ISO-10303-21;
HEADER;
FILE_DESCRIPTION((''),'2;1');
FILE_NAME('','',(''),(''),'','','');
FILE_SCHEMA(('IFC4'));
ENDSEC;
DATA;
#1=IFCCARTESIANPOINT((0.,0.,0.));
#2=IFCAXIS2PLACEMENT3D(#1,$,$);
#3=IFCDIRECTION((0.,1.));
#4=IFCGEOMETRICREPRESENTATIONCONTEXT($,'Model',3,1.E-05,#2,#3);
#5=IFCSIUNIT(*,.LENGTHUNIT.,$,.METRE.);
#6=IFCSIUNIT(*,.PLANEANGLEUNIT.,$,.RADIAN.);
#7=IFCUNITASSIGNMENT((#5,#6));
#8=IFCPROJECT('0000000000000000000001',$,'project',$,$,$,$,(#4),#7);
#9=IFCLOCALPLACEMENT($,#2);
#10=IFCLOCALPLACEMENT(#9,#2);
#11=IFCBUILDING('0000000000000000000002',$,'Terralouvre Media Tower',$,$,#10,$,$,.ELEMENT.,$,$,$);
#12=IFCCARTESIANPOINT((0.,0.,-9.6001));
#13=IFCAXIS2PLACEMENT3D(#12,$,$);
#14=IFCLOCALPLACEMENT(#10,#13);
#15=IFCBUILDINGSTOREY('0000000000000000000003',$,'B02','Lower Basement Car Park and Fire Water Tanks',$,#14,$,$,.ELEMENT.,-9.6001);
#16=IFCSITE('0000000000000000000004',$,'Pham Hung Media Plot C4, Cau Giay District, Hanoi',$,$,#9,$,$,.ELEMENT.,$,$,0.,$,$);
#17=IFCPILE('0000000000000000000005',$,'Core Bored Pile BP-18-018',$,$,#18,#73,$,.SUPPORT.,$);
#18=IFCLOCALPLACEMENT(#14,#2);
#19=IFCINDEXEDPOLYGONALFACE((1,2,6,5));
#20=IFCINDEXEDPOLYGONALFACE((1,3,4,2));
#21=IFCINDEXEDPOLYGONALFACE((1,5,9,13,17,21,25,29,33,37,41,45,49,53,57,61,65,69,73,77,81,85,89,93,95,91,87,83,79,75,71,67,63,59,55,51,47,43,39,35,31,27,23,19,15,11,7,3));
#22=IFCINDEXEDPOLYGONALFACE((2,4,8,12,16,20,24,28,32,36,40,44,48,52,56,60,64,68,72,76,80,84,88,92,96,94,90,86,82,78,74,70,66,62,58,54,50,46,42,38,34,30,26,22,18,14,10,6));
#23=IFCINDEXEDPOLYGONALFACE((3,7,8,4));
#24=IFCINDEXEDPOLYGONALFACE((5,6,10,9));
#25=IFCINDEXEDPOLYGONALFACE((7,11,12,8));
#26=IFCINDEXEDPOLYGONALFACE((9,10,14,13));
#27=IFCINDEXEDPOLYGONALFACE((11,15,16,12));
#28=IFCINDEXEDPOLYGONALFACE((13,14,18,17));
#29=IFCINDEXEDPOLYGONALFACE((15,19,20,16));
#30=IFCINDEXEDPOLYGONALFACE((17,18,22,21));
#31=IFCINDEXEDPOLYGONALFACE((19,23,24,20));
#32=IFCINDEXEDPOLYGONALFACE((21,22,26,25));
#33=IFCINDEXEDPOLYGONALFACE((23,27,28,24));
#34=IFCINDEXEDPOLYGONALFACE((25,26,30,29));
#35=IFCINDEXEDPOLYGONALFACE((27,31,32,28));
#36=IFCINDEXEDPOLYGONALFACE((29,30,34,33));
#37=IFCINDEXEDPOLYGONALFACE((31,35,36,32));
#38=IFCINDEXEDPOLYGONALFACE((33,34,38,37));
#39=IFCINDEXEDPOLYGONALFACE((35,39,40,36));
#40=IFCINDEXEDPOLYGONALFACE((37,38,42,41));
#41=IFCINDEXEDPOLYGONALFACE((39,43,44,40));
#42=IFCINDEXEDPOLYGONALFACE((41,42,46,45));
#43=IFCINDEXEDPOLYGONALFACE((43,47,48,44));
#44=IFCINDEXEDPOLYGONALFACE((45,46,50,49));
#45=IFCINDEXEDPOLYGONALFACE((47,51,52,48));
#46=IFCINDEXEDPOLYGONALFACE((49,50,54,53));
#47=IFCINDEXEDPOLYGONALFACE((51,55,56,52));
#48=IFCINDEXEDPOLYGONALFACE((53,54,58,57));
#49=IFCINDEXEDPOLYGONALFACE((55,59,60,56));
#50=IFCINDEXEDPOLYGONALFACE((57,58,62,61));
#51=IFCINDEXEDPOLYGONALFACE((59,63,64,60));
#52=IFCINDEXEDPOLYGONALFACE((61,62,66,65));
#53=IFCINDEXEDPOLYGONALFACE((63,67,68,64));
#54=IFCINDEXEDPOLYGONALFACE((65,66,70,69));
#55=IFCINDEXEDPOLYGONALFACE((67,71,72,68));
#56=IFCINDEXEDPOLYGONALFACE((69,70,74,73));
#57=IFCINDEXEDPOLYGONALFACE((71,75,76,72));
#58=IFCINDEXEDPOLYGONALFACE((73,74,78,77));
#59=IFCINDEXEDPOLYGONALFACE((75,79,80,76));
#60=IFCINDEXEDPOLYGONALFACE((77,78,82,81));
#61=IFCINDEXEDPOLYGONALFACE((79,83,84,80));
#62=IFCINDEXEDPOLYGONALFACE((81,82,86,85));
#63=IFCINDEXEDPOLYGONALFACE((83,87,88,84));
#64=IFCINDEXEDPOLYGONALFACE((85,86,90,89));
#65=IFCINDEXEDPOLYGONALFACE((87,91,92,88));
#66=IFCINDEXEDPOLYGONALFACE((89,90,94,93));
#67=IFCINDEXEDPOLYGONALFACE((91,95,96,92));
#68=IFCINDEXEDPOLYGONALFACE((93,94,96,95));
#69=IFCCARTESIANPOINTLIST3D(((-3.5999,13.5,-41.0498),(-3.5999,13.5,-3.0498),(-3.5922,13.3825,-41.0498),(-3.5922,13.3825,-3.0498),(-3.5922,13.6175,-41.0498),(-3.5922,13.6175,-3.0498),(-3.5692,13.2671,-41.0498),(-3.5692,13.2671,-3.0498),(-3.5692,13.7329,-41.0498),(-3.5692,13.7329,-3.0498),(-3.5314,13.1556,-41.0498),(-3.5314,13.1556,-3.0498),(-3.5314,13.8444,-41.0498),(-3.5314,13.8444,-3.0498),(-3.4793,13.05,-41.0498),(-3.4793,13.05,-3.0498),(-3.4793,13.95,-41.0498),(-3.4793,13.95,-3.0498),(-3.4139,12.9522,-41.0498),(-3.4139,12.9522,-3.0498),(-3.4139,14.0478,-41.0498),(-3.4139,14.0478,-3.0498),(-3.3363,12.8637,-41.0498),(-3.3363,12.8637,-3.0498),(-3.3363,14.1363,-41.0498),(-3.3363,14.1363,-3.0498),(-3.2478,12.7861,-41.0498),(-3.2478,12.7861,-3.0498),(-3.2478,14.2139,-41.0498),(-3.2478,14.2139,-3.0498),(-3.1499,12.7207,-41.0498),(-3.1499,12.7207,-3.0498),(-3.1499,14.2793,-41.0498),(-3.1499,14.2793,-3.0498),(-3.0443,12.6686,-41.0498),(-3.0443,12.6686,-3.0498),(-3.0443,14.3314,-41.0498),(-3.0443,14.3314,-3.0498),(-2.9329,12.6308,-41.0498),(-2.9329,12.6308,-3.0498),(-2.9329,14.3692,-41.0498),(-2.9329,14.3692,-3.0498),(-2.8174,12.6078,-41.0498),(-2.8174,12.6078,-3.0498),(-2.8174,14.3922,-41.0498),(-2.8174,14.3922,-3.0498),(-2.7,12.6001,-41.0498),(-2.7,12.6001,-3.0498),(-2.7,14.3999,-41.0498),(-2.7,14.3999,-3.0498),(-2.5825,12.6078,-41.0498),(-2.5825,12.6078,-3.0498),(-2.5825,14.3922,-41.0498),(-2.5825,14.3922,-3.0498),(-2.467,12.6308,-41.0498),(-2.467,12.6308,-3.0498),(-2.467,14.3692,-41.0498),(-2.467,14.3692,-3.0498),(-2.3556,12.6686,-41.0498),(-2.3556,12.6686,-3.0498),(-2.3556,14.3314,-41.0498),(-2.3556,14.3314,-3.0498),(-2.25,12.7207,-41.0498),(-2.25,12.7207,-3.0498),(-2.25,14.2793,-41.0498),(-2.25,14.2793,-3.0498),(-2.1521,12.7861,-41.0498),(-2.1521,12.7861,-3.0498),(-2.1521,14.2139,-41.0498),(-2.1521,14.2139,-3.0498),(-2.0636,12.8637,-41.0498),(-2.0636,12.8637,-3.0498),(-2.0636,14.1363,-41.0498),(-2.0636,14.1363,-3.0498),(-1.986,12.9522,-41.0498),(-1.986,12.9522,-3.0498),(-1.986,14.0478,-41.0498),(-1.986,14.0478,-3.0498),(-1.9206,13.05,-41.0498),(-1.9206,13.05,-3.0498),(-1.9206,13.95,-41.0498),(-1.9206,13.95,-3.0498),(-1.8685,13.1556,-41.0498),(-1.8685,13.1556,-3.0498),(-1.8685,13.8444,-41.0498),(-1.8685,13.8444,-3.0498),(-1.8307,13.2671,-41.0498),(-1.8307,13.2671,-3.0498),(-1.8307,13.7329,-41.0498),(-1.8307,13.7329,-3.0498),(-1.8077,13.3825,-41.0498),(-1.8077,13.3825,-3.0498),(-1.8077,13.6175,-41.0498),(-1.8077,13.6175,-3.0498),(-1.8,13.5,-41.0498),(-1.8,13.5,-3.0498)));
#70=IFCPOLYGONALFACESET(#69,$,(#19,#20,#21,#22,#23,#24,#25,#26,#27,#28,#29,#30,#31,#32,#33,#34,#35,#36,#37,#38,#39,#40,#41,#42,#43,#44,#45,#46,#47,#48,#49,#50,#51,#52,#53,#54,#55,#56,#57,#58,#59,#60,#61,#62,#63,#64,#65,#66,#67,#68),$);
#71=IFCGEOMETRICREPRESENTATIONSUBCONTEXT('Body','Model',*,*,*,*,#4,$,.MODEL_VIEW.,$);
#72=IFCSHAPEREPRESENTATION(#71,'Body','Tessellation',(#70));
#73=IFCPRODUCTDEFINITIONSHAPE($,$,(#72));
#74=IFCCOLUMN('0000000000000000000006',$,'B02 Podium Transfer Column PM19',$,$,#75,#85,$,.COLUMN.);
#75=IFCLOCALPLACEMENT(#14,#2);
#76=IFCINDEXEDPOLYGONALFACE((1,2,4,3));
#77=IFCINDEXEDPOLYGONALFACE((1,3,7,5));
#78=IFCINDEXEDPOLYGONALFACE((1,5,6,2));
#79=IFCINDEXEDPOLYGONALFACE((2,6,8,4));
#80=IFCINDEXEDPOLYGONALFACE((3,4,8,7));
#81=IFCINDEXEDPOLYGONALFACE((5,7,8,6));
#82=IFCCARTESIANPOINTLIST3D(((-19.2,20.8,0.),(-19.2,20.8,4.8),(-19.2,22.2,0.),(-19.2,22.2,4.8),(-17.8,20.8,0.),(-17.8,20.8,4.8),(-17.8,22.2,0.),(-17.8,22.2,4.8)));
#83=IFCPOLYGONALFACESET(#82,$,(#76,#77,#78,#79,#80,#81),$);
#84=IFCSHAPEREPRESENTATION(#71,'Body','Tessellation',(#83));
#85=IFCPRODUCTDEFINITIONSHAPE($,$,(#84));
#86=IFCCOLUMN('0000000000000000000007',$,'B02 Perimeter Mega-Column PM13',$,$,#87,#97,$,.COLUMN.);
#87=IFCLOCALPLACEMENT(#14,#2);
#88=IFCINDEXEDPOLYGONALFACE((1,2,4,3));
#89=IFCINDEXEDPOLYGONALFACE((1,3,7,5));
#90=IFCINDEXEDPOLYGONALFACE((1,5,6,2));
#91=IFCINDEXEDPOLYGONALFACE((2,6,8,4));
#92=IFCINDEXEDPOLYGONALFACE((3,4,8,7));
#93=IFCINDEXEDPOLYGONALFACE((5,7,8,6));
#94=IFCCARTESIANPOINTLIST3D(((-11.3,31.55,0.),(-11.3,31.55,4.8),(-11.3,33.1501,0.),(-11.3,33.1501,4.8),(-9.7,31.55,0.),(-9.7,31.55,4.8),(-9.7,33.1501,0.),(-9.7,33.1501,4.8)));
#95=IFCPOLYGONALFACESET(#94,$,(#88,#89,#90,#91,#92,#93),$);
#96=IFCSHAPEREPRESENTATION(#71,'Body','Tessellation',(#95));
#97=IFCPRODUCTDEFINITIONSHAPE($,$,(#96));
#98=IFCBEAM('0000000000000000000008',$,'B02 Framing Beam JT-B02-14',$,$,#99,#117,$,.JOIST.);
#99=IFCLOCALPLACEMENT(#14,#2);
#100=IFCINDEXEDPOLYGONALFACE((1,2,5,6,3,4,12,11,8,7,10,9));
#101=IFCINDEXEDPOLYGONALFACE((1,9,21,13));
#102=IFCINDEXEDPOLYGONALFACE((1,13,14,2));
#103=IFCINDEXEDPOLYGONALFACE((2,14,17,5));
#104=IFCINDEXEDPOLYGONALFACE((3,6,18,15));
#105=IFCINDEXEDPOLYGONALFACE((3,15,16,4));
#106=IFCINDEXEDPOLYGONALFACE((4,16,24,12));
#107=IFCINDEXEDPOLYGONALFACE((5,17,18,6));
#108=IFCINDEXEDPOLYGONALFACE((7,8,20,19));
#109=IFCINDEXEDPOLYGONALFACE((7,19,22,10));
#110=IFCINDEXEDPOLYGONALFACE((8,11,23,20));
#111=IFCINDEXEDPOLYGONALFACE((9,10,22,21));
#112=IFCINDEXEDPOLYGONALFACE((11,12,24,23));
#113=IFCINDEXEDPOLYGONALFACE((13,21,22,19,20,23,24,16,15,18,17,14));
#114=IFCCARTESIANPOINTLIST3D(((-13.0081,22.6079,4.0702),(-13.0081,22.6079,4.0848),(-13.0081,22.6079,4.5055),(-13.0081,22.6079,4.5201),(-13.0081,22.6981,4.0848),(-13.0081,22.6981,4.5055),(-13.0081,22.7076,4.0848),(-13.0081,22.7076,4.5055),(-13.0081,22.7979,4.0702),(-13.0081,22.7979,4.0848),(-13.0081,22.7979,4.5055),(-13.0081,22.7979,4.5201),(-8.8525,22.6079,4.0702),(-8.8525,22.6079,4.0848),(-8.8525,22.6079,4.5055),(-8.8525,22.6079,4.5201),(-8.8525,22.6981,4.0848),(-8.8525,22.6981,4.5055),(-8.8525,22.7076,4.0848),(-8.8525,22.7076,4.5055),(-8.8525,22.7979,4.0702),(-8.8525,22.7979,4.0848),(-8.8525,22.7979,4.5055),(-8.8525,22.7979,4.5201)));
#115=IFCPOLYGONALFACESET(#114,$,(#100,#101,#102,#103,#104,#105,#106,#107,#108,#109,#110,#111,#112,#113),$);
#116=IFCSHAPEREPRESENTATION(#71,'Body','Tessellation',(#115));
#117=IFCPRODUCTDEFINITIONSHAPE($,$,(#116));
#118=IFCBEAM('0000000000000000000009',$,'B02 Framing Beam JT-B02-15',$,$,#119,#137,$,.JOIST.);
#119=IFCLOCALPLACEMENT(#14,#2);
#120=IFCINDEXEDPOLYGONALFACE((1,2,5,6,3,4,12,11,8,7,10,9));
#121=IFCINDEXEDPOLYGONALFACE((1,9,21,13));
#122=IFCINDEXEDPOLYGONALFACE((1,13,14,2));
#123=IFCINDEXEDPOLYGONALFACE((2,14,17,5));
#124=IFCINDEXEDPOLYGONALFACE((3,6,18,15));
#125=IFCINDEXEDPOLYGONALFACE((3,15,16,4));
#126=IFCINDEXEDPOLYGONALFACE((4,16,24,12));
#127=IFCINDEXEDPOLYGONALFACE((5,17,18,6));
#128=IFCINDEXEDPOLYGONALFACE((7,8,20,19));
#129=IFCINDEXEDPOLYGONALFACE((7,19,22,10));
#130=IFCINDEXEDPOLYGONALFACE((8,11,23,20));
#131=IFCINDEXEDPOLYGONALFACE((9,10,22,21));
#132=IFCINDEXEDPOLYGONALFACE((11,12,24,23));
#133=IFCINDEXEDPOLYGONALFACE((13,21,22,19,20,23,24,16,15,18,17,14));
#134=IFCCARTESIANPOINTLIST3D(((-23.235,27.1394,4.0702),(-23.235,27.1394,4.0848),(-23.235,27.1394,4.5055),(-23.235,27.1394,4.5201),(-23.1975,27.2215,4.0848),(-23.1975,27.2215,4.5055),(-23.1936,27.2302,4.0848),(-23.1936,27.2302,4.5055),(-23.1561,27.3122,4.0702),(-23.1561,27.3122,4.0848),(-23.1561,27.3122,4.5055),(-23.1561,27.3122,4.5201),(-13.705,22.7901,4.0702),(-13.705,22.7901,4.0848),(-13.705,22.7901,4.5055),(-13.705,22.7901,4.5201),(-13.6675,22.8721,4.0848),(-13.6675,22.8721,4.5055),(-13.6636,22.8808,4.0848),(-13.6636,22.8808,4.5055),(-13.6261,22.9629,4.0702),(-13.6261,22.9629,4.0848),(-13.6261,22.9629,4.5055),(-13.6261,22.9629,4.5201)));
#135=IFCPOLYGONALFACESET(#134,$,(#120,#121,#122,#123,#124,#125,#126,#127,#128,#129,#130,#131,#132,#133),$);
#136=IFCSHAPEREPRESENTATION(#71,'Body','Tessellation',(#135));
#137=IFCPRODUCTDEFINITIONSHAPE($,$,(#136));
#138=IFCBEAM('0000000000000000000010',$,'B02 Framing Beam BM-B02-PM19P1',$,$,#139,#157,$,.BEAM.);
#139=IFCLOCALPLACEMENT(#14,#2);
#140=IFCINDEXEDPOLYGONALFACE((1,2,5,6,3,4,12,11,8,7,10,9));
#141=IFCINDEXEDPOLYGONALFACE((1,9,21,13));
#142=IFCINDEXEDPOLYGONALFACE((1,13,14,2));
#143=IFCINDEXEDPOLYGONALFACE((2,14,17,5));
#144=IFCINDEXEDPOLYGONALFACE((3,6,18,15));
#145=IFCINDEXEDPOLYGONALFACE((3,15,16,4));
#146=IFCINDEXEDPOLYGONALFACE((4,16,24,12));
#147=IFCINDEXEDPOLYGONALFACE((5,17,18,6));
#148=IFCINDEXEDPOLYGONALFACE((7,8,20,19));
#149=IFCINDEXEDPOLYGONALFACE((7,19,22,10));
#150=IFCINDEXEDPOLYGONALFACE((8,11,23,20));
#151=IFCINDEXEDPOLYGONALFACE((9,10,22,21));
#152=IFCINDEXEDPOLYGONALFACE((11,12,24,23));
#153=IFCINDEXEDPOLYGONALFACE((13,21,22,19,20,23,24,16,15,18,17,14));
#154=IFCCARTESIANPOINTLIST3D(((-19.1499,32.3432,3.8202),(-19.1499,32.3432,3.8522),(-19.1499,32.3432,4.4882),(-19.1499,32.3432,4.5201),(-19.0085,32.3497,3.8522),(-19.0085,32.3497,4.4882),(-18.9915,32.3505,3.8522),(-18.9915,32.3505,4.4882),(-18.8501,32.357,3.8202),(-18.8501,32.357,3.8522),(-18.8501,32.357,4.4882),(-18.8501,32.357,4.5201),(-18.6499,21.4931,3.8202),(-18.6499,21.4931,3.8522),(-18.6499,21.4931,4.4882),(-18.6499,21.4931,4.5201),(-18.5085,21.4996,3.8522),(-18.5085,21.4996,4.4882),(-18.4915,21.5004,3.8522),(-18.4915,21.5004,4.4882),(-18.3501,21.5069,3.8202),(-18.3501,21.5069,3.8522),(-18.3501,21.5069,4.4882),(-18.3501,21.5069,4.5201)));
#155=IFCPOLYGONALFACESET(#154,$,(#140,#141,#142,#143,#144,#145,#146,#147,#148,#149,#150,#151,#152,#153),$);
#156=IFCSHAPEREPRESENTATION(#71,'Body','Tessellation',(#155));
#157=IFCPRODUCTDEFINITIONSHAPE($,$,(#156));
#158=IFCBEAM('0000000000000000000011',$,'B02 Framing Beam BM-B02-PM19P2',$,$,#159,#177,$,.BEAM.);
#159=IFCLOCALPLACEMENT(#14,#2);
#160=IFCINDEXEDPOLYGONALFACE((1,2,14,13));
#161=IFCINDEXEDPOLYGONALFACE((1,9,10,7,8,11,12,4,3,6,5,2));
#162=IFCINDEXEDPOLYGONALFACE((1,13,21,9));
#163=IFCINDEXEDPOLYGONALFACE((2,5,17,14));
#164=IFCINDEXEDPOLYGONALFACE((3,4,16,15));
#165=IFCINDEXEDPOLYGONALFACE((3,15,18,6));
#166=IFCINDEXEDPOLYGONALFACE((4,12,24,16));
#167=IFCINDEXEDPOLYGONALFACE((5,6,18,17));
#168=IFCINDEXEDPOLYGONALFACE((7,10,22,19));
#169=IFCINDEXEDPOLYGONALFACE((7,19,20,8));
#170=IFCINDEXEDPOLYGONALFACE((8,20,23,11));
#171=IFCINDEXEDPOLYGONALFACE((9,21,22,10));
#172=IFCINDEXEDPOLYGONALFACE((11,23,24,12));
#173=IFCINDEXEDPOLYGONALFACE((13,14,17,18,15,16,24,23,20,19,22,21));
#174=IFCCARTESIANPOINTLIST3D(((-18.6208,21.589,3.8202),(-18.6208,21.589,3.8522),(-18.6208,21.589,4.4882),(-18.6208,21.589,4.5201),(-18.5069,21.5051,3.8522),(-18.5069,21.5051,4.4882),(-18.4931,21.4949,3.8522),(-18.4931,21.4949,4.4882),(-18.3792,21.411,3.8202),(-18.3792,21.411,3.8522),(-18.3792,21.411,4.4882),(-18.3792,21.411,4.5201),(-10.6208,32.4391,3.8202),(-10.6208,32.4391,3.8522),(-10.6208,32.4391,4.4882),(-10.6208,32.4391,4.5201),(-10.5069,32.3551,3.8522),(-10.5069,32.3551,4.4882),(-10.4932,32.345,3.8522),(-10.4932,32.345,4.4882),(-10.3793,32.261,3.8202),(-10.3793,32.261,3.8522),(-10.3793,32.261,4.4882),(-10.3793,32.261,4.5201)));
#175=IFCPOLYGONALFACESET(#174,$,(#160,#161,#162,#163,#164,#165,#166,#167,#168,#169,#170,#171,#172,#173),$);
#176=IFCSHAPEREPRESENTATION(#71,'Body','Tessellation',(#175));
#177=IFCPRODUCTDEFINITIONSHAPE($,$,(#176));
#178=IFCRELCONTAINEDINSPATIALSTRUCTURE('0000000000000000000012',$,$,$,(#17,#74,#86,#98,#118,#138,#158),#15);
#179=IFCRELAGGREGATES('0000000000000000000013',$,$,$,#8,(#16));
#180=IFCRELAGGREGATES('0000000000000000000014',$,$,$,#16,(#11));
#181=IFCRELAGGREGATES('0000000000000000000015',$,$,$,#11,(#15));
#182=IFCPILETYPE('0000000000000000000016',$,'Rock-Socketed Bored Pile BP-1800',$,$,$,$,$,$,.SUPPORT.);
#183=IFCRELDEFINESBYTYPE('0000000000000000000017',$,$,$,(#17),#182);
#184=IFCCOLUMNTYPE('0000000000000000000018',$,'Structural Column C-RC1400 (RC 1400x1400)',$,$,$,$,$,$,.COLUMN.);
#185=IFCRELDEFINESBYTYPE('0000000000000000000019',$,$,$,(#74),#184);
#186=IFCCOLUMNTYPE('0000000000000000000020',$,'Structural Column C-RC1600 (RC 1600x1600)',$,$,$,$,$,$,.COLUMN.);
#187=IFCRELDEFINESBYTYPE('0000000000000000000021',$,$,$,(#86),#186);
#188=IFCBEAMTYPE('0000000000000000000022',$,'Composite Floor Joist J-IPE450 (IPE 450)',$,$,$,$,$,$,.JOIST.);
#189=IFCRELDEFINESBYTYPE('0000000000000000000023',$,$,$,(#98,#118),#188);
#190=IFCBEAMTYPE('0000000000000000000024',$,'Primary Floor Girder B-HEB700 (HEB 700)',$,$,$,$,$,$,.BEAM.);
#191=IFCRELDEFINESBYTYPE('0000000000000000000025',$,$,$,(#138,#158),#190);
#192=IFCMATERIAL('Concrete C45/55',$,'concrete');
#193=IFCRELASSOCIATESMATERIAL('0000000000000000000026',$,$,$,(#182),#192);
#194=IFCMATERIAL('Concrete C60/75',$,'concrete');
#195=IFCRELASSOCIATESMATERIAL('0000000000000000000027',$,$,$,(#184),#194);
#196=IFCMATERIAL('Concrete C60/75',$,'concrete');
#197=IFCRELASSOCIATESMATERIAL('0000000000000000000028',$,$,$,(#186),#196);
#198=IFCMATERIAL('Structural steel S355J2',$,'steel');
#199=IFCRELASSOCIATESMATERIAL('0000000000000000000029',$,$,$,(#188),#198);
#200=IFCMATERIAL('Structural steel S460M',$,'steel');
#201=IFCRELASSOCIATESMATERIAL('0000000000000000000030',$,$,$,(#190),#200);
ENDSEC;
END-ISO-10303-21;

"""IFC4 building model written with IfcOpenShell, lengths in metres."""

from ifc_helpers import new_model, si_unit, direction, frame, origin, origin_2d, place, context, subcontext, project, spatial, rectangle, circle, i_section, extrude, material, material_profile, profile_set, type_object, element, save


model = new_model("IFC4")

# Units and contexts
model_context = context("Model", 3, precision=1e-05, world=origin(), true_north=direction((0.0, 1.0)))
body_context = subcontext(model_context, "Body", "Model", "MODEL_VIEW")
ifc_project = project(units=[si_unit("LENGTHUNIT", "METRE"), si_unit("PLANEANGLEUNIT", "RADIAN")], contexts=[model_context])

# Site, building, storey
site_placement = place(None, origin())
site = spatial("IfcSite", under=ifc_project, at=site_placement, Name="Pham Hung Media Plot C4, Cau Giay District, Hanoi", CompositionType="ELEMENT", RefElevation=0.0)
building_placement = place(site_placement, origin())
building = spatial("IfcBuilding", under=site, at=building_placement, Name="Terralouvre Media Tower", CompositionType="ELEMENT")
storey_placement = place(building_placement, frame((0.0, 0.0, -9.6001)))
storey = spatial("IfcBuildingStorey", under=building, at=storey_placement, Name="B02", Description="Lower Basement Car Park and Fire Water Tanks", CompositionType="ELEMENT", Elevation=-9.6001)

# Pile
ifc_material_1 = material(Name="Concrete C45/55", Category="concrete")
ifc_material_profile_1 = material_profile(ifc_material_1, circle(Radius=0.8999, at=origin_2d()), Name="BORED PILE 1800")
ifc_profile_set_1 = profile_set([ifc_material_profile_1], Name="Concrete C45/55")
pile_type_1 = type_object("IfcPileType", Name="Rock-Socketed Bored Pile BP-1800", PredefinedType="SUPPORT", material=ifc_profile_set_1)
for number, where, z_axis, x_axis, name in (
    (1, (-2.7, 13.5, -3.0498), (0.0, 0.0, -1.0), (1.0, 0.0, 0.0), "Core Bored Pile BP-18-018"),
):
    element("IfcPile", number, at=place(storey_placement, frame(where, z_axis=z_axis, x_axis=x_axis)), inside=storey, type_object=pile_type_1, Name=name, PredefinedType="SUPPORT", context=body_context, shape_type="SweptSolid", body=[
        extrude(circle(Radius=0.8999, at=origin_2d()), origin(), (0.0, 0.0, 1.0), 38.0),
    ])

# Columns
ifc_material_2 = material(Name="Concrete C60/75", Category="concrete")
ifc_material_profile_2 = material_profile(ifc_material_2, rectangle(XDim=1.3999, YDim=1.3999, at=origin_2d()), Name="RC 1400x1400")
ifc_profile_set_2 = profile_set([ifc_material_profile_2], Name="Concrete C60/75")
column_type_1 = type_object("IfcColumnType", Name="Structural Column C-RC1400 (RC 1400x1400)", PredefinedType="COLUMN", material=ifc_profile_set_2)
column_1_placement = place(storey_placement, frame((-18.5, 21.5, 0.0), z_axis=(0.0, 0.0, 1.0), x_axis=(1.0, 0.0, 0.0)))
element("IfcColumn", 2, at=column_1_placement, inside=storey, type_object=column_type_1, Name="B02 Podium Transfer Column PM19", PredefinedType="COLUMN", context=body_context, shape_type="SweptSolid", body=[
    extrude(rectangle(XDim=1.3999, YDim=1.3999, at=origin_2d()), origin(), (0.0, 0.0, 1.0), 4.8),
])
ifc_material_3 = material(Name="Concrete C60/75", Category="concrete")
ifc_material_profile_3 = material_profile(ifc_material_3, rectangle(XDim=1.6001, YDim=1.6001, at=origin_2d()), Name="RC 1600x1600")
ifc_profile_set_3 = profile_set([ifc_material_profile_3], Name="Concrete C60/75")
column_type_2 = type_object("IfcColumnType", Name="Structural Column C-RC1600 (RC 1600x1600)", PredefinedType="COLUMN", material=ifc_profile_set_3)
column_2_placement = place(storey_placement, frame((-10.5, 32.3501, 0.0), z_axis=(0.0, 0.0, 1.0), x_axis=(1.0, 0.0, 0.0)))
element("IfcColumn", 3, at=column_2_placement, inside=storey, type_object=column_type_2, Name="B02 Perimeter Mega-Column PM13", PredefinedType="COLUMN", context=body_context, shape_type="SweptSolid", body=[
    extrude(rectangle(XDim=1.6001, YDim=1.6001, at=origin_2d()), origin(), (0.0, 0.0, 1.0), 4.8),
])

# Beams
ifc_material_4 = material(Name="Structural steel S355J2", Category="steel")
ifc_material_profile_4 = material_profile(ifc_material_4, i_section(OverallWidth=0.1899, OverallDepth=0.45, WebThickness=0.0095, FlangeThickness=0.0146, at=origin_2d()), Name="IPE 450")
ifc_profile_set_4 = profile_set([ifc_material_profile_4], Name="Structural steel S355J2")
beam_type_1 = type_object("IfcBeamType", Name="Composite Floor Joist J-IPE450 (IPE 450)", PredefinedType="JOIST", material=ifc_profile_set_4)
beam_1_placement = place(storey_placement, frame((-8.8525, 22.7029, 4.2952), z_axis=(-1.0, 0.0, 0.0), x_axis=(0.0, -1.0, 0.0)))
element("IfcBeam", 4, at=beam_1_placement, inside=storey, type_object=beam_type_1, Name="B02 Framing Beam JT-B02-14", PredefinedType="JOIST", context=body_context, shape_type="SweptSolid", body=[
    extrude(i_section(OverallWidth=0.1899, OverallDepth=0.45, WebThickness=0.0095, FlangeThickness=0.0146, at=origin_2d()), origin(), (0.0, 0.0, 1.0), 4.1555),
])
beam_2_placement = place(storey_placement, frame((-13.6655, 22.8765, 4.2952), z_axis=(-0.909735, 0.41519, 0.0), x_axis=(-0.41519, -0.909735, 0.0)))
element("IfcBeam", 5, at=beam_2_placement, inside=storey, type_object=beam_type_1, Name="B02 Framing Beam JT-B02-15", PredefinedType="JOIST", context=body_context, shape_type="SweptSolid", body=[
    extrude(i_section(OverallWidth=0.1899, OverallDepth=0.45, WebThickness=0.0095, FlangeThickness=0.0146, at=origin_2d()), origin(), (0.0, 0.0, 1.0), 10.4756),
])
ifc_material_5 = material(Name="Structural steel S460M", Category="steel")
ifc_material_profile_5 = material_profile(ifc_material_5, i_section(OverallWidth=0.3, OverallDepth=0.7, WebThickness=0.0171, FlangeThickness=0.032, at=origin_2d()), Name="HEB 700")
ifc_profile_set_5 = profile_set([ifc_material_profile_5], Name="Structural steel S460M")
beam_type_2 = type_object("IfcBeamType", Name="Primary Floor Girder B-HEB700 (HEB 700)", PredefinedType="BEAM", material=ifc_profile_set_5)
beam_3_placement = place(storey_placement, frame((-18.5, 21.5, 4.1702), z_axis=(-0.046034, 0.99894, 0.0), x_axis=(-0.99894, -0.046034, 0.0)))
element("IfcBeam", 6, at=beam_3_placement, inside=storey, type_object=beam_type_2, Name="B02 Framing Beam BM-B02-PM19P1", PredefinedType="BEAM", context=body_context, shape_type="SweptSolid", body=[
    extrude(i_section(OverallWidth=0.3, OverallDepth=0.7, WebThickness=0.0171, FlangeThickness=0.032, at=origin_2d()), origin(), (0.0, 0.0, 1.0), 10.8616),
])
beam_4_placement = place(storey_placement, frame((-18.5, 21.5, 4.1702), z_axis=(0.593449, 0.804872, 0.0), x_axis=(-0.804872, 0.593449, 0.0)))
element("IfcBeam", 7, at=beam_4_placement, inside=storey, type_object=beam_type_2, Name="B02 Framing Beam BM-B02-PM19P2", PredefinedType="BEAM", context=body_context, shape_type="SweptSolid", body=[
    extrude(i_section(OverallWidth=0.3, OverallDepth=0.7, WebThickness=0.0171, FlangeThickness=0.032, at=origin_2d()), origin(), (0.0, 0.0, 1.0), 13.4805),
])

save(model, "model.ifc")
